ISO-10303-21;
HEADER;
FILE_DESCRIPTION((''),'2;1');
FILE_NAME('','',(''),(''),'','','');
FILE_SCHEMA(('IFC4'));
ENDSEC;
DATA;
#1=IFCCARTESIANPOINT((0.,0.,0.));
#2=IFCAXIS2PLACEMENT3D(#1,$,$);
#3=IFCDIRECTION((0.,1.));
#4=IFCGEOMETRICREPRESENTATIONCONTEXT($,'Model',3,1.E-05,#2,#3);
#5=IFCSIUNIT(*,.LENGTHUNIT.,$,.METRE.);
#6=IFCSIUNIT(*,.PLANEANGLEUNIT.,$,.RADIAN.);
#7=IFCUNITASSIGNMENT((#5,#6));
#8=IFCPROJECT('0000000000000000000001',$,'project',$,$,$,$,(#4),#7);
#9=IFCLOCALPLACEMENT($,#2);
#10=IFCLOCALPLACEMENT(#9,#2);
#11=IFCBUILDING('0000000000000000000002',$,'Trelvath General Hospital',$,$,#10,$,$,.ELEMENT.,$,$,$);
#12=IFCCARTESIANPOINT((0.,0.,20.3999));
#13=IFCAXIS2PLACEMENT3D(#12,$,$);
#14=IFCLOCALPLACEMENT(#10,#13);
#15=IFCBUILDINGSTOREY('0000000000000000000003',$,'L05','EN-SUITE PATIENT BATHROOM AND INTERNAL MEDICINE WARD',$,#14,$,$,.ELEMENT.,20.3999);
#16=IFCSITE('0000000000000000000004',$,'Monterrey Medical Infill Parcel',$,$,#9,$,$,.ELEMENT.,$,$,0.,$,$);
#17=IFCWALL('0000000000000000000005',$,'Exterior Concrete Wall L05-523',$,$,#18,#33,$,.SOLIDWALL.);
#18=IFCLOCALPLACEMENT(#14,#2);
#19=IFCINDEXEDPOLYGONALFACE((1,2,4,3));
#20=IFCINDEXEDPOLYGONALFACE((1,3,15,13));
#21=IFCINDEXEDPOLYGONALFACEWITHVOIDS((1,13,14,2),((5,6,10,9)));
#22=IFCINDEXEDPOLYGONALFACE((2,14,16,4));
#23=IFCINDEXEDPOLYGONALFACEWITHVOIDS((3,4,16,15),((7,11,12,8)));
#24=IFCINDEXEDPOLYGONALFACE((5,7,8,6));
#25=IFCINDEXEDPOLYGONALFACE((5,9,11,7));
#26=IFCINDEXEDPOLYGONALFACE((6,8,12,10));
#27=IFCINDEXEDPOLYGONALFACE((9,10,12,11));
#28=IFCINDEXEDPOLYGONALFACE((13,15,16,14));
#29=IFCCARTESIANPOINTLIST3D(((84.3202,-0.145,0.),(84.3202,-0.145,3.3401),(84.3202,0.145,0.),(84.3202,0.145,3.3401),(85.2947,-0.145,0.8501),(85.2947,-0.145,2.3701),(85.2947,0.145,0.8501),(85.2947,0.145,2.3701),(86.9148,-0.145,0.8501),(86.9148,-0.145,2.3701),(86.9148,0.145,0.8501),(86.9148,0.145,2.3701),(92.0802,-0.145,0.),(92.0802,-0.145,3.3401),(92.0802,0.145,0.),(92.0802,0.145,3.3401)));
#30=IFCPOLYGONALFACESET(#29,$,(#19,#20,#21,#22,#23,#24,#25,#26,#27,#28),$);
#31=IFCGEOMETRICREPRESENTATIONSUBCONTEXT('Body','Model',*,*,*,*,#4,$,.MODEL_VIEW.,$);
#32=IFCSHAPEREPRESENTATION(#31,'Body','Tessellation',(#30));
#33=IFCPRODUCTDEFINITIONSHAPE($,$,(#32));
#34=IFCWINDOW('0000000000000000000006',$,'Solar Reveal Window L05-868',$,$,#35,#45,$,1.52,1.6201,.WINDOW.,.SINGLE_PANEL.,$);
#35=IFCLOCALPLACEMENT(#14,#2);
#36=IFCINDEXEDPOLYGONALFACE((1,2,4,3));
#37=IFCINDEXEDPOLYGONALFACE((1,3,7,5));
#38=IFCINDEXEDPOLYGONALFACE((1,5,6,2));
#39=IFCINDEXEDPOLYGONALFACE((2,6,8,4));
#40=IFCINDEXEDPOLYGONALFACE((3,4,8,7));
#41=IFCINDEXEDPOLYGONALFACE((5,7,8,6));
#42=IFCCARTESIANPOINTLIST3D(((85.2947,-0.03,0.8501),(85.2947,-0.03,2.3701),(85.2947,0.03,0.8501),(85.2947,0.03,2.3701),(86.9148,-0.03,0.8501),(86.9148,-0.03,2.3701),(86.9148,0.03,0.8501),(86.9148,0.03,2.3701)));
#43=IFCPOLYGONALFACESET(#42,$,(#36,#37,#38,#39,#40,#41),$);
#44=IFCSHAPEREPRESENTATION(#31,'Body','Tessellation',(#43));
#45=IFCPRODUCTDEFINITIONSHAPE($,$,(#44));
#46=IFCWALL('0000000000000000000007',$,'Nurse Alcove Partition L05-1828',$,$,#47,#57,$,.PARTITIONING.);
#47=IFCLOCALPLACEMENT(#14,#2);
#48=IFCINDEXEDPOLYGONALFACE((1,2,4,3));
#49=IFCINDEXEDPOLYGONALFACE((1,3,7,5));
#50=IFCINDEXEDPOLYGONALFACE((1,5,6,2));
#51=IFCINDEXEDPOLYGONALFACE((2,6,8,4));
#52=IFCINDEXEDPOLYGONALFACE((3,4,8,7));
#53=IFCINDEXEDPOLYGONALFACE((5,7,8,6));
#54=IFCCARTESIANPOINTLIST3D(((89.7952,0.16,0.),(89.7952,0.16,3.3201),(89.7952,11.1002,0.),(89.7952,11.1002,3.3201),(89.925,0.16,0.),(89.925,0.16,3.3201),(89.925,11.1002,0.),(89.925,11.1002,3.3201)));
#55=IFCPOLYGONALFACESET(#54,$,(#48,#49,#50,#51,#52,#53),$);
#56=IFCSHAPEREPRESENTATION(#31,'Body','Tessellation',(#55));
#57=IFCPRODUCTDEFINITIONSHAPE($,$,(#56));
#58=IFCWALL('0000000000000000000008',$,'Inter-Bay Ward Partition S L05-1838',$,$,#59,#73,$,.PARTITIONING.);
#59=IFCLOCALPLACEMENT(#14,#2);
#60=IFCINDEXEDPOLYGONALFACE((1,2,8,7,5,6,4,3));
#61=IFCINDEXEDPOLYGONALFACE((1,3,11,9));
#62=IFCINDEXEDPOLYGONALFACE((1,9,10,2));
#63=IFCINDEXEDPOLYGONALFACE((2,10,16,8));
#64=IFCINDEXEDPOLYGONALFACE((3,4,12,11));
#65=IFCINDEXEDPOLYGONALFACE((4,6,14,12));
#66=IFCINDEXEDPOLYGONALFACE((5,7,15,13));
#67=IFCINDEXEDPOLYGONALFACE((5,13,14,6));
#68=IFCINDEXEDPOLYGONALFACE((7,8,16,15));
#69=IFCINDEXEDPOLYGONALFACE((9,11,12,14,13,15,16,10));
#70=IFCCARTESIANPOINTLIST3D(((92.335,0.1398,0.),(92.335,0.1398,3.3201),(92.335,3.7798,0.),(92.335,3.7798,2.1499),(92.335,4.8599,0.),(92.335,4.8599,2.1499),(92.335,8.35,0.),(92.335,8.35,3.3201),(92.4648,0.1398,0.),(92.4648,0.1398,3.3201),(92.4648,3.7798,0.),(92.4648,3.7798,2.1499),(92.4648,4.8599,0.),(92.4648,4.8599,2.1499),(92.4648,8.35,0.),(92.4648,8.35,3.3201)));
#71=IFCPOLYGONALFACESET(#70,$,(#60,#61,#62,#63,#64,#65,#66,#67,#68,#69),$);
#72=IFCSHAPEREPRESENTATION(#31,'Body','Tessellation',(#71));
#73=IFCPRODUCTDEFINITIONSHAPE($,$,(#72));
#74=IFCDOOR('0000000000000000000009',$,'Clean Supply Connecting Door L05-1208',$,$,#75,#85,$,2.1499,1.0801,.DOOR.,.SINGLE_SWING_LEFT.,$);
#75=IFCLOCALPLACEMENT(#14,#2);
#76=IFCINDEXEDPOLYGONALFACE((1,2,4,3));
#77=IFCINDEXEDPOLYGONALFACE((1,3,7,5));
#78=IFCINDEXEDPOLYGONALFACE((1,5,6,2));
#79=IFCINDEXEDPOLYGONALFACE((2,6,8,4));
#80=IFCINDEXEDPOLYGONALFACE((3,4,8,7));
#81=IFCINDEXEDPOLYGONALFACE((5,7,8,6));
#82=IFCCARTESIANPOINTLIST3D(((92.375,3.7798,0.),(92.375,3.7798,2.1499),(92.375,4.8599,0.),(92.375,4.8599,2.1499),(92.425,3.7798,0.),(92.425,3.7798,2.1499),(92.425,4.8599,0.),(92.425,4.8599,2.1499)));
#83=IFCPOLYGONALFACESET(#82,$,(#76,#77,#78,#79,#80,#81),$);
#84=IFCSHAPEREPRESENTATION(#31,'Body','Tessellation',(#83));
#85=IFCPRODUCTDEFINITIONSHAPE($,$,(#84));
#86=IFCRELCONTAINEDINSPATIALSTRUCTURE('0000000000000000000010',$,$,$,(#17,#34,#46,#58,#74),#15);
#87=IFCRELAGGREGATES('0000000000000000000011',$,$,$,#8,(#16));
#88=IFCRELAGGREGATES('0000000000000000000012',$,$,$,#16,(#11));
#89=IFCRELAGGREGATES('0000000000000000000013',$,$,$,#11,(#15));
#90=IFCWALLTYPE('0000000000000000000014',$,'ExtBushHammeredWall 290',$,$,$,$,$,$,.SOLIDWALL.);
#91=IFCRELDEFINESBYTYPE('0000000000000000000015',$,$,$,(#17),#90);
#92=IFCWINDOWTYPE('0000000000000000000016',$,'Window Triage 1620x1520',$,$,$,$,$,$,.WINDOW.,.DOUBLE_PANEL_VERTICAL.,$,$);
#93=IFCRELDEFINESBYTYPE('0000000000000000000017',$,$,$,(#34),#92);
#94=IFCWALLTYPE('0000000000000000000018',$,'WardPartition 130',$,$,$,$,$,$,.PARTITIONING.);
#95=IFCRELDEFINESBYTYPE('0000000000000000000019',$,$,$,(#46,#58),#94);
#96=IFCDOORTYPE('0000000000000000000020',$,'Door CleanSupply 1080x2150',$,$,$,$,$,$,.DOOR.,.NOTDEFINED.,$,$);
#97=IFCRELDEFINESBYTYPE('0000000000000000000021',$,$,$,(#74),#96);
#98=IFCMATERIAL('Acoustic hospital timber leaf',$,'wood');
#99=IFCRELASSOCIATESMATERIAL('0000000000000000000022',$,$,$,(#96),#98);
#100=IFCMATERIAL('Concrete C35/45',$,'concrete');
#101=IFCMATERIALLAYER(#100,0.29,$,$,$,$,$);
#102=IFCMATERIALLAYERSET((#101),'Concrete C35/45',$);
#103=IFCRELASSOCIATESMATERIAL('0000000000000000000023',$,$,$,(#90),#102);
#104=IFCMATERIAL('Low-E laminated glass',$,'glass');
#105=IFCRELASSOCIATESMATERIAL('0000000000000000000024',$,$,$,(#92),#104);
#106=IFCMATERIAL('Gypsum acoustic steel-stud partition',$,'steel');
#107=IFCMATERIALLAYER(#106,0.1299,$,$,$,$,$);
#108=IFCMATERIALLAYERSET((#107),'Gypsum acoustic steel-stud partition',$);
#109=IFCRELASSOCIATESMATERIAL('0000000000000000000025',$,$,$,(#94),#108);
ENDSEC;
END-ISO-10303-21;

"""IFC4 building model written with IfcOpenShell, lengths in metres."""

from ifc_helpers import new_model, si_unit, direction, frame, frame_2d, origin, place, context, subcontext, project, spatial, rectangle, extrude, material, layer, layer_set, type_object, element, fill, save


model = new_model("IFC4")

# Units and contexts
model_context = context("Model", 3, precision=1e-05, world=origin(), true_north=direction((0.0, 1.0)))
body_context = subcontext(model_context, "Body", "Model", "MODEL_VIEW")
ifc_project = project(units=[si_unit("LENGTHUNIT", "METRE"), si_unit("PLANEANGLEUNIT", "RADIAN")], contexts=[model_context])

# Site, building, storey
site_placement = place(None, origin())
site = spatial("IfcSite", under=ifc_project, at=site_placement, Name="Monterrey Medical Infill Parcel", CompositionType="ELEMENT", RefElevation=0.0)
building_placement = place(site_placement, origin())
building = spatial("IfcBuilding", under=site, at=building_placement, Name="Trelvath General Hospital", CompositionType="ELEMENT")
storey_placement = place(building_placement, frame((0.0, 0.0, 20.3999)))
storey = spatial("IfcBuildingStorey", under=building, at=storey_placement, Name="L05", Description="EN-SUITE PATIENT BATHROOM AND INTERNAL MEDICINE WARD", CompositionType="ELEMENT", Elevation=20.3999)

# Shared definitions
ifc_material_1 = material(Name="Acoustic hospital timber leaf", Category="wood")
door_type_1 = type_object("IfcDoorType", Name="Door CleanSupply 1080x2150", OperationType="NOTDEFINED", PredefinedType="DOOR", material=ifc_material_1)

# Wall, opening, window
ifc_material_2 = material(Name="Concrete C35/45", Category="concrete")
ifc_layer_1 = layer(ifc_material_2, 0.29)
ifc_layer_set_1 = layer_set([ifc_layer_1], Name="Concrete C35/45")
wall_type_1 = type_object("IfcWallType", Name="ExtBushHammeredWall 290", PredefinedType="SOLIDWALL", material=ifc_layer_set_1)
wall_1_placement = place(storey_placement, frame((92.0801, 0.0, 0.0), z_axis=(0.0, 0.0, 1.0), x_axis=(-1.0, 0.0, 0.0)))
wall_1 = element("IfcWall", 1, at=wall_1_placement, inside=storey, type_object=wall_type_1, Name="Exterior Concrete Wall L05-523", PredefinedType="SOLIDWALL", context=body_context, shape_type="SweptSolid", body=[
    extrude(rectangle(XDim=7.76, YDim=0.29, at=frame_2d((3.8799, 0.0))), origin(), (0.0, 0.0, 1.0), 3.3401),
])
opening_1_placement = place(wall_1_placement, frame((5.1653, 0.0, 0.8501)))
opening_1 = element("IfcOpeningElement", 2, at=opening_1_placement, cuts=wall_1, PredefinedType="OPENING", context=body_context, shape_type="SweptSolid", body=[
    extrude(rectangle(XDim=1.6201, YDim=1.52, at=frame_2d((0.8101, 0.76))), frame((0.0, 0.155, 0.0), z_axis=(0.0, -1.0, 0.0), x_axis=(1.0, 0.0, 0.0)), (0.0, 0.0, 1.0), 0.3101),
])
ifc_material_3 = material(Name="Low-E laminated glass", Category="glass")
window_type = type_object("IfcWindowType", Name="Window Triage 1620x1520", PartitioningType="DOUBLE_PANEL_VERTICAL", PredefinedType="WINDOW", material=ifc_material_3)
window_placement = place(opening_1_placement, origin())
window = element("IfcWindow", 3, at=window_placement, inside=storey, type_object=window_type, Name="Solar Reveal Window L05-868", OverallHeight=1.52, OverallWidth=1.6201, PartitioningType="SINGLE_PANEL", PredefinedType="WINDOW", context=body_context, shape_type="SweptSolid", body=[
    extrude(rectangle(XDim=1.6201, YDim=1.52, at=frame_2d((0.8101, 0.76))), frame((0.0, 0.03, 0.0), z_axis=(0.0, -1.0, 0.0), x_axis=(1.0, 0.0, 0.0)), (0.0, 0.0, 1.0), 0.0601),
])
fill(opening_1, window)

# Wall
ifc_material_4 = material(Name="Gypsum acoustic steel-stud partition", Category="steel")
ifc_layer_2 = layer(ifc_material_4, 0.1299)
ifc_layer_set_2 = layer_set([ifc_layer_2], Name="Gypsum acoustic steel-stud partition")
wall_type_2 = type_object("IfcWallType", Name="WardPartition 130", PredefinedType="PARTITIONING", material=ifc_layer_set_2)
wall_2_placement = place(storey_placement, frame((89.8601, 0.1599, 0.0), z_axis=(0.0, 0.0, 1.0), x_axis=(0.0, 1.0, 0.0)))
element("IfcWall", 4, at=wall_2_placement, inside=storey, type_object=wall_type_2, Name="Nurse Alcove Partition L05-1828", PredefinedType="PARTITIONING", context=body_context, shape_type="SweptSolid", body=[
    extrude(rectangle(XDim=10.9402, YDim=0.1299, at=frame_2d((5.4702, 0.0))), origin(), (0.0, 0.0, 1.0), 3.3201),
])

# Wall, opening, door
wall_3_placement = place(storey_placement, frame((92.3999, 0.1399, 0.0), z_axis=(0.0, 0.0, 1.0), x_axis=(0.0, 1.0, 0.0)))
wall_3 = element("IfcWall", 5, at=wall_3_placement, inside=storey, type_object=wall_type_2, Name="Inter-Bay Ward Partition S L05-1838", PredefinedType="PARTITIONING", context=body_context, shape_type="SweptSolid", body=[
    extrude(rectangle(XDim=8.2102, YDim=0.1299, at=frame_2d((4.105, 0.0))), origin(), (0.0, 0.0, 1.0), 3.3201),
])
opening_2_placement = place(wall_3_placement, frame((3.6399, 0.0, 0.0)))
opening_2 = element("IfcOpeningElement", 6, at=opening_2_placement, cuts=wall_3, PredefinedType="OPENING", context=body_context, shape_type="SweptSolid", body=[
    extrude(rectangle(XDim=1.0801, YDim=2.1499, at=frame_2d((0.54, 1.075))), frame((0.0, 0.075, 0.0), z_axis=(0.0, -1.0, 0.0), x_axis=(1.0, 0.0, 0.0)), (0.0, 0.0, 1.0), 0.1499),
])
door_1_placement = place(opening_2_placement, origin())
door_1 = element("IfcDoor", 7, at=door_1_placement, inside=storey, type_object=door_type_1, Name="Clean Supply Connecting Door L05-1208", OperationType="SINGLE_SWING_LEFT", OverallHeight=2.1499, OverallWidth=1.0801, PredefinedType="DOOR", context=body_context, shape_type="SweptSolid", body=[
    extrude(rectangle(XDim=1.0801, YDim=2.1499, at=frame_2d((0.54, 1.075))), frame((0.0, 0.0249, 0.0), z_axis=(0.0, -1.0, 0.0), x_axis=(1.0, 0.0, 0.0)), (0.0, 0.0, 1.0), 0.05),
])
fill(opening_2, door_1)

save(model, "model.ifc")
